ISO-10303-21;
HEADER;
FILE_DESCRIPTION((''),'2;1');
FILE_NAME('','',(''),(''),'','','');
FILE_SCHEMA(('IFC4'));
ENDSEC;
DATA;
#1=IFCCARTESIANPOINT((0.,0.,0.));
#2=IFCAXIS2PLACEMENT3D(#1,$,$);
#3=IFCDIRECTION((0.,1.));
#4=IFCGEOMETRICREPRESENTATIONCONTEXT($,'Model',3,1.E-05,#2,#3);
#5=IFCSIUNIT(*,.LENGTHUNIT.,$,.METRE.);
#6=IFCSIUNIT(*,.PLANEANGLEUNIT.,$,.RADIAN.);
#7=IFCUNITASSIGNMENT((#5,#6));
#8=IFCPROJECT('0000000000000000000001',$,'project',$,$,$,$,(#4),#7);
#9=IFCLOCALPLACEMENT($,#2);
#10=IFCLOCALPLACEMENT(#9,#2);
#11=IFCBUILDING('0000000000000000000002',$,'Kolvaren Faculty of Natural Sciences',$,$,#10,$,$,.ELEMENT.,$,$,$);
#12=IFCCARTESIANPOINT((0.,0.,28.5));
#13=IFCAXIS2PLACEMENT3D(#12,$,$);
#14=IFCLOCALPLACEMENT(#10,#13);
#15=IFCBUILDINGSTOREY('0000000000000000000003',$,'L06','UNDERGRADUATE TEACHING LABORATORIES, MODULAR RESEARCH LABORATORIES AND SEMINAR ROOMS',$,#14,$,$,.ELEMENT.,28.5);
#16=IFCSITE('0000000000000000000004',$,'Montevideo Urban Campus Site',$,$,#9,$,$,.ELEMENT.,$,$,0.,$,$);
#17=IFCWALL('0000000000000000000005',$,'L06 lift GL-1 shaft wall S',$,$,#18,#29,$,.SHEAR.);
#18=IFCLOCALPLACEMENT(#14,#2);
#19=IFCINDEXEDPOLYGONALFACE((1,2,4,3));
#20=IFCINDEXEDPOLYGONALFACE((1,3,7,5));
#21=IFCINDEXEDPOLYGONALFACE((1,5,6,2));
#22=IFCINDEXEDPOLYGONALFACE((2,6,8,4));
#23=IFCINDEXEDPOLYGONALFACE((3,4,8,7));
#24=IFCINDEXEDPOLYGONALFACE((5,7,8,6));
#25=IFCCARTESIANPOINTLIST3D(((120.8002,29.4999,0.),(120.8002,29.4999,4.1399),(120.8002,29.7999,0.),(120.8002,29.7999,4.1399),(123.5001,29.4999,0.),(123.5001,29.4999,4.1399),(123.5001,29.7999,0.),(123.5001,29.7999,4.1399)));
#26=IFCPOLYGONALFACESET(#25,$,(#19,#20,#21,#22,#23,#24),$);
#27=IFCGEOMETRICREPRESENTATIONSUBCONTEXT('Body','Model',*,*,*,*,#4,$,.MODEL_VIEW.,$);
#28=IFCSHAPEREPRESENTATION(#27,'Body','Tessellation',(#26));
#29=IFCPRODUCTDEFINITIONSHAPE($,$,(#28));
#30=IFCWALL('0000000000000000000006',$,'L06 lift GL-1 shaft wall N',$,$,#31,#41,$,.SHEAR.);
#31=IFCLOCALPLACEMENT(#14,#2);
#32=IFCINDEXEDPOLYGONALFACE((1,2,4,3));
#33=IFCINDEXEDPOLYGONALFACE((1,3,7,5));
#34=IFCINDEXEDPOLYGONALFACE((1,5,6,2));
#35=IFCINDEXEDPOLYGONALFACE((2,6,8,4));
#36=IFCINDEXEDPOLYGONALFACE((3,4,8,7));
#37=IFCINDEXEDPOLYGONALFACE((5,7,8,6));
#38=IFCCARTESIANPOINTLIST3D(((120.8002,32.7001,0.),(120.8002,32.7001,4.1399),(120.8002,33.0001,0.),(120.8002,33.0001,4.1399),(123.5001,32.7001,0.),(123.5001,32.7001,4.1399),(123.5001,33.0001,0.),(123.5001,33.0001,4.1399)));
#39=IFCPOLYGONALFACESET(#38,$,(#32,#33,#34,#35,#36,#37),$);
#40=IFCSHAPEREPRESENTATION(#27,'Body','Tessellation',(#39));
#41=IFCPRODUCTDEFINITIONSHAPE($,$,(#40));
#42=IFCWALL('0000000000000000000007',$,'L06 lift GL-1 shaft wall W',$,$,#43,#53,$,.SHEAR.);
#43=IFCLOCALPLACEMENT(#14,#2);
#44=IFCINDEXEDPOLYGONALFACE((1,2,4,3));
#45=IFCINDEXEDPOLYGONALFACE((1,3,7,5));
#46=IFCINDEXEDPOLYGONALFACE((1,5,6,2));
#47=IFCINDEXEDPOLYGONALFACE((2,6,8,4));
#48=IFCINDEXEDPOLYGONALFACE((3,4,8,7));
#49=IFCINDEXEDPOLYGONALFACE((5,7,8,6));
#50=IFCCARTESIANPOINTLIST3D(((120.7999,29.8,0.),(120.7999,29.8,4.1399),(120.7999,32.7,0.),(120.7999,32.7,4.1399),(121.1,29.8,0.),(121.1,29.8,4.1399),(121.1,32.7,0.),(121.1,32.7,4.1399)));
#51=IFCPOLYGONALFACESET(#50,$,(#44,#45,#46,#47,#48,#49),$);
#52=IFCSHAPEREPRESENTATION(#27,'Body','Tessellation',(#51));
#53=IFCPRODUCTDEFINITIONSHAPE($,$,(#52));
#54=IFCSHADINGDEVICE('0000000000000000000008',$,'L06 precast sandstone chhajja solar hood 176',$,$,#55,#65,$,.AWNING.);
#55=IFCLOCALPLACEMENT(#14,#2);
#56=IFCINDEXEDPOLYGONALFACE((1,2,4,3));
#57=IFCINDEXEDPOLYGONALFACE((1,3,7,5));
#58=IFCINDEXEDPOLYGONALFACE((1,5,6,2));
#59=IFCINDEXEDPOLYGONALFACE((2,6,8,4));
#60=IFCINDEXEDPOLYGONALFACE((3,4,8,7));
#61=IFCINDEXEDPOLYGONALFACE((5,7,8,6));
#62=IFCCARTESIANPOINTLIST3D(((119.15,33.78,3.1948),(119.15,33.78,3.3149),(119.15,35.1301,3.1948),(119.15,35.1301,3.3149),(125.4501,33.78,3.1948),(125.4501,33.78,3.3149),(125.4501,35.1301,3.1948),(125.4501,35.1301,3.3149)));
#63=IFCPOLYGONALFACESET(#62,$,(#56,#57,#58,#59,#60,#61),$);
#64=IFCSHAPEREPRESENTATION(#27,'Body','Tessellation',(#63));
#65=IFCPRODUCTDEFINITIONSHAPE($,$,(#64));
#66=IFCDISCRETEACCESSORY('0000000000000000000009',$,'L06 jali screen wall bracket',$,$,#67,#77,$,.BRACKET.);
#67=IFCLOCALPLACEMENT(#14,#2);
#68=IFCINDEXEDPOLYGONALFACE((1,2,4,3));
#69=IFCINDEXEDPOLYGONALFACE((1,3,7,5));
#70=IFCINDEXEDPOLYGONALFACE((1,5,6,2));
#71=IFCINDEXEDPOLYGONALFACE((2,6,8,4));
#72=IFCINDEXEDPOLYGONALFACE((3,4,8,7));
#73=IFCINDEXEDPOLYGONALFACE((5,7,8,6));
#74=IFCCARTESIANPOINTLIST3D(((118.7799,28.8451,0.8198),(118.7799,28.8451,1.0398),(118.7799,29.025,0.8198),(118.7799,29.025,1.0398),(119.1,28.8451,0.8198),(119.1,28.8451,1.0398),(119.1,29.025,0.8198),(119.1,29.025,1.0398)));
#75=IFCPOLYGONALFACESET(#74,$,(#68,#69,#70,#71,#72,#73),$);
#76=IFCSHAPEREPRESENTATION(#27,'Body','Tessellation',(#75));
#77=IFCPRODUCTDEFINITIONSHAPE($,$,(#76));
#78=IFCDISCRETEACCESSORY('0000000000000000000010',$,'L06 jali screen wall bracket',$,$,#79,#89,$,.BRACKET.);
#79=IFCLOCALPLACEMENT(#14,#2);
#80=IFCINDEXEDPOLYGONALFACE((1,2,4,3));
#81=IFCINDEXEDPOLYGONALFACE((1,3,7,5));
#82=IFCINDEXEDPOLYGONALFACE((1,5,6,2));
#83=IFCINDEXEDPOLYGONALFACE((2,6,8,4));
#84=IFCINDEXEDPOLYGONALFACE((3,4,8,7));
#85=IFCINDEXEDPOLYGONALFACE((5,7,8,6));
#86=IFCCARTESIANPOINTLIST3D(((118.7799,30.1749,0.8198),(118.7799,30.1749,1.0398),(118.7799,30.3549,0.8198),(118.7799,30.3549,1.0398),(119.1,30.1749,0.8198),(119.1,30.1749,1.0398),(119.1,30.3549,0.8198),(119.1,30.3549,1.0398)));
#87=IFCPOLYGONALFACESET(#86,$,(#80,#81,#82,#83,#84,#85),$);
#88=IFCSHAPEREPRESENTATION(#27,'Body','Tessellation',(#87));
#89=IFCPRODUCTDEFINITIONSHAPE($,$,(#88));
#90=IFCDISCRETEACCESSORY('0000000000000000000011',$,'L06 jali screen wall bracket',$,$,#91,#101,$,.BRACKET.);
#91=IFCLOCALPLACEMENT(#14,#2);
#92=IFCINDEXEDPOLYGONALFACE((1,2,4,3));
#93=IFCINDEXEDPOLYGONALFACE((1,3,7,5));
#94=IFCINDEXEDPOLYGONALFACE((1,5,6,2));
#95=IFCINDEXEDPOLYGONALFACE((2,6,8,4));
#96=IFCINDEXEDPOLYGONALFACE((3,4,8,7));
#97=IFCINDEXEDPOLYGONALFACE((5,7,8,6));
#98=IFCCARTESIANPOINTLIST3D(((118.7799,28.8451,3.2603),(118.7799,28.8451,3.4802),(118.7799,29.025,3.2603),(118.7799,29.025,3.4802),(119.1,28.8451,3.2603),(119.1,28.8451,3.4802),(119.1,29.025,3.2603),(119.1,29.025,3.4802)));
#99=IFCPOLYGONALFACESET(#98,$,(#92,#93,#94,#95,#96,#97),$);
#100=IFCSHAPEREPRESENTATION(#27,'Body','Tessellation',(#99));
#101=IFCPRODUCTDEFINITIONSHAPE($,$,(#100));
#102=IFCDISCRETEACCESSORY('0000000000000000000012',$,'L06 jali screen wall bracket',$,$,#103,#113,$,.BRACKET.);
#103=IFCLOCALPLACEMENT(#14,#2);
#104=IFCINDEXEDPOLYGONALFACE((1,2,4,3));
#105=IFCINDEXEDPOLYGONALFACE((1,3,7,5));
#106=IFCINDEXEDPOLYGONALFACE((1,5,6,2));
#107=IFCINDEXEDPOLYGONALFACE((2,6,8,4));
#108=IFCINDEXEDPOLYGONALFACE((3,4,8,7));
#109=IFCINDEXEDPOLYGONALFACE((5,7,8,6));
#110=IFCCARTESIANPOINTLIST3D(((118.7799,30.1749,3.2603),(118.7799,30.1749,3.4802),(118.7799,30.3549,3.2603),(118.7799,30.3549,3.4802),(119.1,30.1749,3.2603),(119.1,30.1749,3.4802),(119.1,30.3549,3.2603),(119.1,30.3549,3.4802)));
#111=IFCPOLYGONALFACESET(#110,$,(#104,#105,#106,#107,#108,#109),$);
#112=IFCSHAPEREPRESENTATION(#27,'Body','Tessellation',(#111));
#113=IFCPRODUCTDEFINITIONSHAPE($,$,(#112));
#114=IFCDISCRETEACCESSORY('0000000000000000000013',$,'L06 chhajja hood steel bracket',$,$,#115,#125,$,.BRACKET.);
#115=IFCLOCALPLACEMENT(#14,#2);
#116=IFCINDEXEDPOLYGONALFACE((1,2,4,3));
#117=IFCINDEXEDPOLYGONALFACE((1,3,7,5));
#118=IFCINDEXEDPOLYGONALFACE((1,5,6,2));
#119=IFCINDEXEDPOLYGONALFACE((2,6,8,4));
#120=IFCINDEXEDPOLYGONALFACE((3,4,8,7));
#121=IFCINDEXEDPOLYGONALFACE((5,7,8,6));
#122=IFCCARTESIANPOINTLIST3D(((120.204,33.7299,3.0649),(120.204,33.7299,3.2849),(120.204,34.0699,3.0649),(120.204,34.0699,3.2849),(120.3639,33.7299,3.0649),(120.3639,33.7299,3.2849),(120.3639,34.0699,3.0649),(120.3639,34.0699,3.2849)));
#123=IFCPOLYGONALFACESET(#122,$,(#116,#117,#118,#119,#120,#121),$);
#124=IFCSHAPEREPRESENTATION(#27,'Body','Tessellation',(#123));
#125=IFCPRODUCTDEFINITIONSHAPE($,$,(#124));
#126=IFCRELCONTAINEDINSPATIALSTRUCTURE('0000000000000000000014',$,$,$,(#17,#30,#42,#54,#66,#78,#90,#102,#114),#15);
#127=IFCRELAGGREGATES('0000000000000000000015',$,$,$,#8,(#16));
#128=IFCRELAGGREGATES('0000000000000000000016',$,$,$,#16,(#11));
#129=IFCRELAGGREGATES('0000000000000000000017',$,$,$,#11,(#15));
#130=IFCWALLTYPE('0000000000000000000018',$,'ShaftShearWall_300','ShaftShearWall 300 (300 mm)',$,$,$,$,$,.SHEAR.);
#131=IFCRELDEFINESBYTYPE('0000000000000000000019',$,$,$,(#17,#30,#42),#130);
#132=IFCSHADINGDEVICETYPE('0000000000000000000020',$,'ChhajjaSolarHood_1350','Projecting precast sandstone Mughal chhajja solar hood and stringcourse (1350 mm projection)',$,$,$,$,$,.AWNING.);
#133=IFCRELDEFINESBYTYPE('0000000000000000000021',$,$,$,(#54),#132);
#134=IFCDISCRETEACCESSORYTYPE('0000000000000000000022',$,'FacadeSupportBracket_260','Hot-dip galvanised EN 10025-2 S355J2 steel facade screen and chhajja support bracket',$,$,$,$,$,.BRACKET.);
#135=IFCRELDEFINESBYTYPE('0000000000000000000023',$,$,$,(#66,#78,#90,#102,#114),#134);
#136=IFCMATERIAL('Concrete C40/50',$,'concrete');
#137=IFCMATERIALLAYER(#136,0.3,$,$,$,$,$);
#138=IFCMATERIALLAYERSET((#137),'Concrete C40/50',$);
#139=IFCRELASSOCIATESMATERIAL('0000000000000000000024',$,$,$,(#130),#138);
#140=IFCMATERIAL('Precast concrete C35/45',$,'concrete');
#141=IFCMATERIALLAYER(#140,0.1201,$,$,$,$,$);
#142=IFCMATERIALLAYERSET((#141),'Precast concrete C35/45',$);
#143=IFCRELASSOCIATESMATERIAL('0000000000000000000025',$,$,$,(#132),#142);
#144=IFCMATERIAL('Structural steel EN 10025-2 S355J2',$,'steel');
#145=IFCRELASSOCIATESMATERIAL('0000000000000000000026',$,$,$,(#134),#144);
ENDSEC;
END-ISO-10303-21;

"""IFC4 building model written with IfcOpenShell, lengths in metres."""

from ifc_helpers import new_model, si_unit, direction, frame, frame_2d, origin, origin_2d, place, context, subcontext, project, spatial, rectangle, extrude, material, layer, layer_set, type_object, element, save


model = new_model("IFC4")

# Units and contexts
model_context = context("Model", 3, precision=1e-05, world=origin(), true_north=direction((0.0, 1.0)))
body_context = subcontext(model_context, "Body", "Model", "MODEL_VIEW")
ifc_project = project(units=[si_unit("LENGTHUNIT", "METRE"), si_unit("PLANEANGLEUNIT", "RADIAN")], contexts=[model_context])

# Site, building, storey
site_placement = place(None, origin())
site = spatial("IfcSite", under=ifc_project, at=site_placement, Name="Montevideo Urban Campus Site", CompositionType="ELEMENT", RefElevation=0.0)
building_placement = place(site_placement, origin())
building = spatial("IfcBuilding", under=site, at=building_placement, Name="Kolvaren Faculty of Natural Sciences", CompositionType="ELEMENT")
storey_placement = place(building_placement, frame((0.0, 0.0, 28.5)))
storey = spatial("IfcBuildingStorey", under=building, at=storey_placement, Name="L06", Description="UNDERGRADUATE TEACHING LABORATORIES, MODULAR RESEARCH LABORATORIES AND SEMINAR ROOMS", CompositionType="ELEMENT", Elevation=28.5)

# Shared definitions
ifc_material_1 = material(Name="Structural steel EN 10025-2 S355J2", Category="steel")

# Shared definitions
ifc_material_2 = material(Name="Precast concrete C35/45", Category="concrete")

# Walls
ifc_material_3 = material(Name="Concrete C40/50", Category="concrete")
ifc_layer_1 = layer(ifc_material_3, 0.3)
ifc_layer_set_1 = layer_set([ifc_layer_1], Name="Concrete C40/50")
wall_type_1 = type_object("IfcWallType", Name="ShaftShearWall_300", Description="ShaftShearWall 300 (300 mm)", PredefinedType="SHEAR", material=ifc_layer_set_1)
for number, where, z_axis, x_axis, name in (
    (1, (120.8, 29.6499, 0.0), (0.0, 0.0, 1.0), (1.0, 0.0, 0.0), "L06 lift GL-1 shaft wall S"),
    (2, (120.8, 32.8501, 0.0), (0.0, 0.0, 1.0), (1.0, 0.0, 0.0), "L06 lift GL-1 shaft wall N"),
):
    element("IfcWall", number, at=place(storey_placement, frame(where, z_axis=z_axis, x_axis=x_axis)), inside=storey, type_object=wall_type_1, Name=name, PredefinedType="SHEAR", context=body_context, shape_type="SweptSolid", body=[
        extrude(rectangle(XDim=2.7, YDim=0.3, at=frame_2d((1.3501, 0.0))), origin(), (0.0, 0.0, 1.0), 4.1399),
    ])
wall_1_placement = place(storey_placement, frame((120.95, 29.8, 0.0), z_axis=(0.0, 0.0, 1.0), x_axis=(0.0, 1.0, 0.0)))
element("IfcWall", 3, at=wall_1_placement, inside=storey, type_object=wall_type_1, Name="L06 lift GL-1 shaft wall W", PredefinedType="SHEAR", context=body_context, shape_type="SweptSolid", body=[
    extrude(rectangle(XDim=2.8999, YDim=0.3, at=frame_2d((1.45, 0.0))), origin(), (0.0, 0.0, 1.0), 4.1399),
])

# Shading device
ifc_layer_2 = layer(ifc_material_2, 0.1201)
ifc_layer_set_2 = layer_set([ifc_layer_2], Name="Precast concrete C35/45")
shading_device_type = type_object("IfcShadingDeviceType", Name="ChhajjaSolarHood_1350", Description="Projecting precast sandstone Mughal chhajja solar hood and stringcourse (1350 mm projection)", PredefinedType="AWNING", material=ifc_layer_set_2)
shading_device_placement = place(storey_placement, frame((122.3, 34.4551, 3.1948), z_axis=(0.0, 0.0, 1.0), x_axis=(1.0, 0.0, 0.0)))
element("IfcShadingDevice", 4, at=shading_device_placement, inside=storey, type_object=shading_device_type, Name="L06 precast sandstone chhajja solar hood 176", PredefinedType="AWNING", context=body_context, shape_type="SweptSolid", body=[
    extrude(rectangle(XDim=6.3, YDim=1.3501, at=origin_2d()), origin(), (0.0, 0.0, 1.0), 0.1201),
])

# Discrete accessories
discrete_accessory_type = type_object("IfcDiscreteAccessoryType", Name="FacadeSupportBracket_260", Description="Hot-dip galvanised EN 10025-2 S355J2 steel facade screen and chhajja support bracket", PredefinedType="BRACKET", material=ifc_material_1)
for number, where, z_axis, x_axis, name in (
    (5, (118.9399, 28.9351, 0.8198), (0.0, 0.0, 1.0), (0.0, 1.0, 0.0), "L06 jali screen wall bracket"),
    (6, (118.9399, 30.2649, 0.8198), (0.0, 0.0, 1.0), (0.0, 1.0, 0.0), "L06 jali screen wall bracket"),
    (7, (118.9399, 28.9351, 3.2603), (0.0, 0.0, 1.0), (0.0, 1.0, 0.0), "L06 jali screen wall bracket"),
    (8, (118.9399, 30.2649, 3.2603), (0.0, 0.0, 1.0), (0.0, 1.0, 0.0), "L06 jali screen wall bracket"),
):
    element("IfcDiscreteAccessory", number, at=place(storey_placement, frame(where, z_axis=z_axis, x_axis=x_axis)), inside=storey, type_object=discrete_accessory_type, Name=name, PredefinedType="BRACKET", context=body_context, shape_type="SweptSolid", body=[
        extrude(rectangle(XDim=0.1799, YDim=0.3201, at=origin_2d()), origin(), (0.0, 0.0, 1.0), 0.22),
    ])
discrete_accessory_placement = place(storey_placement, frame((120.2839, 33.8999, 3.0649), z_axis=(0.0, 0.0, 1.0), x_axis=(1.0, 0.0, 0.0)))
element("IfcDiscreteAccessory", 9, at=discrete_accessory_placement, inside=storey, type_object=discrete_accessory_type, Name="L06 chhajja hood steel bracket", PredefinedType="BRACKET", context=body_context, shape_type="SweptSolid", body=[
    extrude(rectangle(XDim=0.1599, YDim=0.3401, at=origin_2d()), origin(), (0.0, 0.0, 1.0), 0.22),
])

save(model, "model.ifc")
